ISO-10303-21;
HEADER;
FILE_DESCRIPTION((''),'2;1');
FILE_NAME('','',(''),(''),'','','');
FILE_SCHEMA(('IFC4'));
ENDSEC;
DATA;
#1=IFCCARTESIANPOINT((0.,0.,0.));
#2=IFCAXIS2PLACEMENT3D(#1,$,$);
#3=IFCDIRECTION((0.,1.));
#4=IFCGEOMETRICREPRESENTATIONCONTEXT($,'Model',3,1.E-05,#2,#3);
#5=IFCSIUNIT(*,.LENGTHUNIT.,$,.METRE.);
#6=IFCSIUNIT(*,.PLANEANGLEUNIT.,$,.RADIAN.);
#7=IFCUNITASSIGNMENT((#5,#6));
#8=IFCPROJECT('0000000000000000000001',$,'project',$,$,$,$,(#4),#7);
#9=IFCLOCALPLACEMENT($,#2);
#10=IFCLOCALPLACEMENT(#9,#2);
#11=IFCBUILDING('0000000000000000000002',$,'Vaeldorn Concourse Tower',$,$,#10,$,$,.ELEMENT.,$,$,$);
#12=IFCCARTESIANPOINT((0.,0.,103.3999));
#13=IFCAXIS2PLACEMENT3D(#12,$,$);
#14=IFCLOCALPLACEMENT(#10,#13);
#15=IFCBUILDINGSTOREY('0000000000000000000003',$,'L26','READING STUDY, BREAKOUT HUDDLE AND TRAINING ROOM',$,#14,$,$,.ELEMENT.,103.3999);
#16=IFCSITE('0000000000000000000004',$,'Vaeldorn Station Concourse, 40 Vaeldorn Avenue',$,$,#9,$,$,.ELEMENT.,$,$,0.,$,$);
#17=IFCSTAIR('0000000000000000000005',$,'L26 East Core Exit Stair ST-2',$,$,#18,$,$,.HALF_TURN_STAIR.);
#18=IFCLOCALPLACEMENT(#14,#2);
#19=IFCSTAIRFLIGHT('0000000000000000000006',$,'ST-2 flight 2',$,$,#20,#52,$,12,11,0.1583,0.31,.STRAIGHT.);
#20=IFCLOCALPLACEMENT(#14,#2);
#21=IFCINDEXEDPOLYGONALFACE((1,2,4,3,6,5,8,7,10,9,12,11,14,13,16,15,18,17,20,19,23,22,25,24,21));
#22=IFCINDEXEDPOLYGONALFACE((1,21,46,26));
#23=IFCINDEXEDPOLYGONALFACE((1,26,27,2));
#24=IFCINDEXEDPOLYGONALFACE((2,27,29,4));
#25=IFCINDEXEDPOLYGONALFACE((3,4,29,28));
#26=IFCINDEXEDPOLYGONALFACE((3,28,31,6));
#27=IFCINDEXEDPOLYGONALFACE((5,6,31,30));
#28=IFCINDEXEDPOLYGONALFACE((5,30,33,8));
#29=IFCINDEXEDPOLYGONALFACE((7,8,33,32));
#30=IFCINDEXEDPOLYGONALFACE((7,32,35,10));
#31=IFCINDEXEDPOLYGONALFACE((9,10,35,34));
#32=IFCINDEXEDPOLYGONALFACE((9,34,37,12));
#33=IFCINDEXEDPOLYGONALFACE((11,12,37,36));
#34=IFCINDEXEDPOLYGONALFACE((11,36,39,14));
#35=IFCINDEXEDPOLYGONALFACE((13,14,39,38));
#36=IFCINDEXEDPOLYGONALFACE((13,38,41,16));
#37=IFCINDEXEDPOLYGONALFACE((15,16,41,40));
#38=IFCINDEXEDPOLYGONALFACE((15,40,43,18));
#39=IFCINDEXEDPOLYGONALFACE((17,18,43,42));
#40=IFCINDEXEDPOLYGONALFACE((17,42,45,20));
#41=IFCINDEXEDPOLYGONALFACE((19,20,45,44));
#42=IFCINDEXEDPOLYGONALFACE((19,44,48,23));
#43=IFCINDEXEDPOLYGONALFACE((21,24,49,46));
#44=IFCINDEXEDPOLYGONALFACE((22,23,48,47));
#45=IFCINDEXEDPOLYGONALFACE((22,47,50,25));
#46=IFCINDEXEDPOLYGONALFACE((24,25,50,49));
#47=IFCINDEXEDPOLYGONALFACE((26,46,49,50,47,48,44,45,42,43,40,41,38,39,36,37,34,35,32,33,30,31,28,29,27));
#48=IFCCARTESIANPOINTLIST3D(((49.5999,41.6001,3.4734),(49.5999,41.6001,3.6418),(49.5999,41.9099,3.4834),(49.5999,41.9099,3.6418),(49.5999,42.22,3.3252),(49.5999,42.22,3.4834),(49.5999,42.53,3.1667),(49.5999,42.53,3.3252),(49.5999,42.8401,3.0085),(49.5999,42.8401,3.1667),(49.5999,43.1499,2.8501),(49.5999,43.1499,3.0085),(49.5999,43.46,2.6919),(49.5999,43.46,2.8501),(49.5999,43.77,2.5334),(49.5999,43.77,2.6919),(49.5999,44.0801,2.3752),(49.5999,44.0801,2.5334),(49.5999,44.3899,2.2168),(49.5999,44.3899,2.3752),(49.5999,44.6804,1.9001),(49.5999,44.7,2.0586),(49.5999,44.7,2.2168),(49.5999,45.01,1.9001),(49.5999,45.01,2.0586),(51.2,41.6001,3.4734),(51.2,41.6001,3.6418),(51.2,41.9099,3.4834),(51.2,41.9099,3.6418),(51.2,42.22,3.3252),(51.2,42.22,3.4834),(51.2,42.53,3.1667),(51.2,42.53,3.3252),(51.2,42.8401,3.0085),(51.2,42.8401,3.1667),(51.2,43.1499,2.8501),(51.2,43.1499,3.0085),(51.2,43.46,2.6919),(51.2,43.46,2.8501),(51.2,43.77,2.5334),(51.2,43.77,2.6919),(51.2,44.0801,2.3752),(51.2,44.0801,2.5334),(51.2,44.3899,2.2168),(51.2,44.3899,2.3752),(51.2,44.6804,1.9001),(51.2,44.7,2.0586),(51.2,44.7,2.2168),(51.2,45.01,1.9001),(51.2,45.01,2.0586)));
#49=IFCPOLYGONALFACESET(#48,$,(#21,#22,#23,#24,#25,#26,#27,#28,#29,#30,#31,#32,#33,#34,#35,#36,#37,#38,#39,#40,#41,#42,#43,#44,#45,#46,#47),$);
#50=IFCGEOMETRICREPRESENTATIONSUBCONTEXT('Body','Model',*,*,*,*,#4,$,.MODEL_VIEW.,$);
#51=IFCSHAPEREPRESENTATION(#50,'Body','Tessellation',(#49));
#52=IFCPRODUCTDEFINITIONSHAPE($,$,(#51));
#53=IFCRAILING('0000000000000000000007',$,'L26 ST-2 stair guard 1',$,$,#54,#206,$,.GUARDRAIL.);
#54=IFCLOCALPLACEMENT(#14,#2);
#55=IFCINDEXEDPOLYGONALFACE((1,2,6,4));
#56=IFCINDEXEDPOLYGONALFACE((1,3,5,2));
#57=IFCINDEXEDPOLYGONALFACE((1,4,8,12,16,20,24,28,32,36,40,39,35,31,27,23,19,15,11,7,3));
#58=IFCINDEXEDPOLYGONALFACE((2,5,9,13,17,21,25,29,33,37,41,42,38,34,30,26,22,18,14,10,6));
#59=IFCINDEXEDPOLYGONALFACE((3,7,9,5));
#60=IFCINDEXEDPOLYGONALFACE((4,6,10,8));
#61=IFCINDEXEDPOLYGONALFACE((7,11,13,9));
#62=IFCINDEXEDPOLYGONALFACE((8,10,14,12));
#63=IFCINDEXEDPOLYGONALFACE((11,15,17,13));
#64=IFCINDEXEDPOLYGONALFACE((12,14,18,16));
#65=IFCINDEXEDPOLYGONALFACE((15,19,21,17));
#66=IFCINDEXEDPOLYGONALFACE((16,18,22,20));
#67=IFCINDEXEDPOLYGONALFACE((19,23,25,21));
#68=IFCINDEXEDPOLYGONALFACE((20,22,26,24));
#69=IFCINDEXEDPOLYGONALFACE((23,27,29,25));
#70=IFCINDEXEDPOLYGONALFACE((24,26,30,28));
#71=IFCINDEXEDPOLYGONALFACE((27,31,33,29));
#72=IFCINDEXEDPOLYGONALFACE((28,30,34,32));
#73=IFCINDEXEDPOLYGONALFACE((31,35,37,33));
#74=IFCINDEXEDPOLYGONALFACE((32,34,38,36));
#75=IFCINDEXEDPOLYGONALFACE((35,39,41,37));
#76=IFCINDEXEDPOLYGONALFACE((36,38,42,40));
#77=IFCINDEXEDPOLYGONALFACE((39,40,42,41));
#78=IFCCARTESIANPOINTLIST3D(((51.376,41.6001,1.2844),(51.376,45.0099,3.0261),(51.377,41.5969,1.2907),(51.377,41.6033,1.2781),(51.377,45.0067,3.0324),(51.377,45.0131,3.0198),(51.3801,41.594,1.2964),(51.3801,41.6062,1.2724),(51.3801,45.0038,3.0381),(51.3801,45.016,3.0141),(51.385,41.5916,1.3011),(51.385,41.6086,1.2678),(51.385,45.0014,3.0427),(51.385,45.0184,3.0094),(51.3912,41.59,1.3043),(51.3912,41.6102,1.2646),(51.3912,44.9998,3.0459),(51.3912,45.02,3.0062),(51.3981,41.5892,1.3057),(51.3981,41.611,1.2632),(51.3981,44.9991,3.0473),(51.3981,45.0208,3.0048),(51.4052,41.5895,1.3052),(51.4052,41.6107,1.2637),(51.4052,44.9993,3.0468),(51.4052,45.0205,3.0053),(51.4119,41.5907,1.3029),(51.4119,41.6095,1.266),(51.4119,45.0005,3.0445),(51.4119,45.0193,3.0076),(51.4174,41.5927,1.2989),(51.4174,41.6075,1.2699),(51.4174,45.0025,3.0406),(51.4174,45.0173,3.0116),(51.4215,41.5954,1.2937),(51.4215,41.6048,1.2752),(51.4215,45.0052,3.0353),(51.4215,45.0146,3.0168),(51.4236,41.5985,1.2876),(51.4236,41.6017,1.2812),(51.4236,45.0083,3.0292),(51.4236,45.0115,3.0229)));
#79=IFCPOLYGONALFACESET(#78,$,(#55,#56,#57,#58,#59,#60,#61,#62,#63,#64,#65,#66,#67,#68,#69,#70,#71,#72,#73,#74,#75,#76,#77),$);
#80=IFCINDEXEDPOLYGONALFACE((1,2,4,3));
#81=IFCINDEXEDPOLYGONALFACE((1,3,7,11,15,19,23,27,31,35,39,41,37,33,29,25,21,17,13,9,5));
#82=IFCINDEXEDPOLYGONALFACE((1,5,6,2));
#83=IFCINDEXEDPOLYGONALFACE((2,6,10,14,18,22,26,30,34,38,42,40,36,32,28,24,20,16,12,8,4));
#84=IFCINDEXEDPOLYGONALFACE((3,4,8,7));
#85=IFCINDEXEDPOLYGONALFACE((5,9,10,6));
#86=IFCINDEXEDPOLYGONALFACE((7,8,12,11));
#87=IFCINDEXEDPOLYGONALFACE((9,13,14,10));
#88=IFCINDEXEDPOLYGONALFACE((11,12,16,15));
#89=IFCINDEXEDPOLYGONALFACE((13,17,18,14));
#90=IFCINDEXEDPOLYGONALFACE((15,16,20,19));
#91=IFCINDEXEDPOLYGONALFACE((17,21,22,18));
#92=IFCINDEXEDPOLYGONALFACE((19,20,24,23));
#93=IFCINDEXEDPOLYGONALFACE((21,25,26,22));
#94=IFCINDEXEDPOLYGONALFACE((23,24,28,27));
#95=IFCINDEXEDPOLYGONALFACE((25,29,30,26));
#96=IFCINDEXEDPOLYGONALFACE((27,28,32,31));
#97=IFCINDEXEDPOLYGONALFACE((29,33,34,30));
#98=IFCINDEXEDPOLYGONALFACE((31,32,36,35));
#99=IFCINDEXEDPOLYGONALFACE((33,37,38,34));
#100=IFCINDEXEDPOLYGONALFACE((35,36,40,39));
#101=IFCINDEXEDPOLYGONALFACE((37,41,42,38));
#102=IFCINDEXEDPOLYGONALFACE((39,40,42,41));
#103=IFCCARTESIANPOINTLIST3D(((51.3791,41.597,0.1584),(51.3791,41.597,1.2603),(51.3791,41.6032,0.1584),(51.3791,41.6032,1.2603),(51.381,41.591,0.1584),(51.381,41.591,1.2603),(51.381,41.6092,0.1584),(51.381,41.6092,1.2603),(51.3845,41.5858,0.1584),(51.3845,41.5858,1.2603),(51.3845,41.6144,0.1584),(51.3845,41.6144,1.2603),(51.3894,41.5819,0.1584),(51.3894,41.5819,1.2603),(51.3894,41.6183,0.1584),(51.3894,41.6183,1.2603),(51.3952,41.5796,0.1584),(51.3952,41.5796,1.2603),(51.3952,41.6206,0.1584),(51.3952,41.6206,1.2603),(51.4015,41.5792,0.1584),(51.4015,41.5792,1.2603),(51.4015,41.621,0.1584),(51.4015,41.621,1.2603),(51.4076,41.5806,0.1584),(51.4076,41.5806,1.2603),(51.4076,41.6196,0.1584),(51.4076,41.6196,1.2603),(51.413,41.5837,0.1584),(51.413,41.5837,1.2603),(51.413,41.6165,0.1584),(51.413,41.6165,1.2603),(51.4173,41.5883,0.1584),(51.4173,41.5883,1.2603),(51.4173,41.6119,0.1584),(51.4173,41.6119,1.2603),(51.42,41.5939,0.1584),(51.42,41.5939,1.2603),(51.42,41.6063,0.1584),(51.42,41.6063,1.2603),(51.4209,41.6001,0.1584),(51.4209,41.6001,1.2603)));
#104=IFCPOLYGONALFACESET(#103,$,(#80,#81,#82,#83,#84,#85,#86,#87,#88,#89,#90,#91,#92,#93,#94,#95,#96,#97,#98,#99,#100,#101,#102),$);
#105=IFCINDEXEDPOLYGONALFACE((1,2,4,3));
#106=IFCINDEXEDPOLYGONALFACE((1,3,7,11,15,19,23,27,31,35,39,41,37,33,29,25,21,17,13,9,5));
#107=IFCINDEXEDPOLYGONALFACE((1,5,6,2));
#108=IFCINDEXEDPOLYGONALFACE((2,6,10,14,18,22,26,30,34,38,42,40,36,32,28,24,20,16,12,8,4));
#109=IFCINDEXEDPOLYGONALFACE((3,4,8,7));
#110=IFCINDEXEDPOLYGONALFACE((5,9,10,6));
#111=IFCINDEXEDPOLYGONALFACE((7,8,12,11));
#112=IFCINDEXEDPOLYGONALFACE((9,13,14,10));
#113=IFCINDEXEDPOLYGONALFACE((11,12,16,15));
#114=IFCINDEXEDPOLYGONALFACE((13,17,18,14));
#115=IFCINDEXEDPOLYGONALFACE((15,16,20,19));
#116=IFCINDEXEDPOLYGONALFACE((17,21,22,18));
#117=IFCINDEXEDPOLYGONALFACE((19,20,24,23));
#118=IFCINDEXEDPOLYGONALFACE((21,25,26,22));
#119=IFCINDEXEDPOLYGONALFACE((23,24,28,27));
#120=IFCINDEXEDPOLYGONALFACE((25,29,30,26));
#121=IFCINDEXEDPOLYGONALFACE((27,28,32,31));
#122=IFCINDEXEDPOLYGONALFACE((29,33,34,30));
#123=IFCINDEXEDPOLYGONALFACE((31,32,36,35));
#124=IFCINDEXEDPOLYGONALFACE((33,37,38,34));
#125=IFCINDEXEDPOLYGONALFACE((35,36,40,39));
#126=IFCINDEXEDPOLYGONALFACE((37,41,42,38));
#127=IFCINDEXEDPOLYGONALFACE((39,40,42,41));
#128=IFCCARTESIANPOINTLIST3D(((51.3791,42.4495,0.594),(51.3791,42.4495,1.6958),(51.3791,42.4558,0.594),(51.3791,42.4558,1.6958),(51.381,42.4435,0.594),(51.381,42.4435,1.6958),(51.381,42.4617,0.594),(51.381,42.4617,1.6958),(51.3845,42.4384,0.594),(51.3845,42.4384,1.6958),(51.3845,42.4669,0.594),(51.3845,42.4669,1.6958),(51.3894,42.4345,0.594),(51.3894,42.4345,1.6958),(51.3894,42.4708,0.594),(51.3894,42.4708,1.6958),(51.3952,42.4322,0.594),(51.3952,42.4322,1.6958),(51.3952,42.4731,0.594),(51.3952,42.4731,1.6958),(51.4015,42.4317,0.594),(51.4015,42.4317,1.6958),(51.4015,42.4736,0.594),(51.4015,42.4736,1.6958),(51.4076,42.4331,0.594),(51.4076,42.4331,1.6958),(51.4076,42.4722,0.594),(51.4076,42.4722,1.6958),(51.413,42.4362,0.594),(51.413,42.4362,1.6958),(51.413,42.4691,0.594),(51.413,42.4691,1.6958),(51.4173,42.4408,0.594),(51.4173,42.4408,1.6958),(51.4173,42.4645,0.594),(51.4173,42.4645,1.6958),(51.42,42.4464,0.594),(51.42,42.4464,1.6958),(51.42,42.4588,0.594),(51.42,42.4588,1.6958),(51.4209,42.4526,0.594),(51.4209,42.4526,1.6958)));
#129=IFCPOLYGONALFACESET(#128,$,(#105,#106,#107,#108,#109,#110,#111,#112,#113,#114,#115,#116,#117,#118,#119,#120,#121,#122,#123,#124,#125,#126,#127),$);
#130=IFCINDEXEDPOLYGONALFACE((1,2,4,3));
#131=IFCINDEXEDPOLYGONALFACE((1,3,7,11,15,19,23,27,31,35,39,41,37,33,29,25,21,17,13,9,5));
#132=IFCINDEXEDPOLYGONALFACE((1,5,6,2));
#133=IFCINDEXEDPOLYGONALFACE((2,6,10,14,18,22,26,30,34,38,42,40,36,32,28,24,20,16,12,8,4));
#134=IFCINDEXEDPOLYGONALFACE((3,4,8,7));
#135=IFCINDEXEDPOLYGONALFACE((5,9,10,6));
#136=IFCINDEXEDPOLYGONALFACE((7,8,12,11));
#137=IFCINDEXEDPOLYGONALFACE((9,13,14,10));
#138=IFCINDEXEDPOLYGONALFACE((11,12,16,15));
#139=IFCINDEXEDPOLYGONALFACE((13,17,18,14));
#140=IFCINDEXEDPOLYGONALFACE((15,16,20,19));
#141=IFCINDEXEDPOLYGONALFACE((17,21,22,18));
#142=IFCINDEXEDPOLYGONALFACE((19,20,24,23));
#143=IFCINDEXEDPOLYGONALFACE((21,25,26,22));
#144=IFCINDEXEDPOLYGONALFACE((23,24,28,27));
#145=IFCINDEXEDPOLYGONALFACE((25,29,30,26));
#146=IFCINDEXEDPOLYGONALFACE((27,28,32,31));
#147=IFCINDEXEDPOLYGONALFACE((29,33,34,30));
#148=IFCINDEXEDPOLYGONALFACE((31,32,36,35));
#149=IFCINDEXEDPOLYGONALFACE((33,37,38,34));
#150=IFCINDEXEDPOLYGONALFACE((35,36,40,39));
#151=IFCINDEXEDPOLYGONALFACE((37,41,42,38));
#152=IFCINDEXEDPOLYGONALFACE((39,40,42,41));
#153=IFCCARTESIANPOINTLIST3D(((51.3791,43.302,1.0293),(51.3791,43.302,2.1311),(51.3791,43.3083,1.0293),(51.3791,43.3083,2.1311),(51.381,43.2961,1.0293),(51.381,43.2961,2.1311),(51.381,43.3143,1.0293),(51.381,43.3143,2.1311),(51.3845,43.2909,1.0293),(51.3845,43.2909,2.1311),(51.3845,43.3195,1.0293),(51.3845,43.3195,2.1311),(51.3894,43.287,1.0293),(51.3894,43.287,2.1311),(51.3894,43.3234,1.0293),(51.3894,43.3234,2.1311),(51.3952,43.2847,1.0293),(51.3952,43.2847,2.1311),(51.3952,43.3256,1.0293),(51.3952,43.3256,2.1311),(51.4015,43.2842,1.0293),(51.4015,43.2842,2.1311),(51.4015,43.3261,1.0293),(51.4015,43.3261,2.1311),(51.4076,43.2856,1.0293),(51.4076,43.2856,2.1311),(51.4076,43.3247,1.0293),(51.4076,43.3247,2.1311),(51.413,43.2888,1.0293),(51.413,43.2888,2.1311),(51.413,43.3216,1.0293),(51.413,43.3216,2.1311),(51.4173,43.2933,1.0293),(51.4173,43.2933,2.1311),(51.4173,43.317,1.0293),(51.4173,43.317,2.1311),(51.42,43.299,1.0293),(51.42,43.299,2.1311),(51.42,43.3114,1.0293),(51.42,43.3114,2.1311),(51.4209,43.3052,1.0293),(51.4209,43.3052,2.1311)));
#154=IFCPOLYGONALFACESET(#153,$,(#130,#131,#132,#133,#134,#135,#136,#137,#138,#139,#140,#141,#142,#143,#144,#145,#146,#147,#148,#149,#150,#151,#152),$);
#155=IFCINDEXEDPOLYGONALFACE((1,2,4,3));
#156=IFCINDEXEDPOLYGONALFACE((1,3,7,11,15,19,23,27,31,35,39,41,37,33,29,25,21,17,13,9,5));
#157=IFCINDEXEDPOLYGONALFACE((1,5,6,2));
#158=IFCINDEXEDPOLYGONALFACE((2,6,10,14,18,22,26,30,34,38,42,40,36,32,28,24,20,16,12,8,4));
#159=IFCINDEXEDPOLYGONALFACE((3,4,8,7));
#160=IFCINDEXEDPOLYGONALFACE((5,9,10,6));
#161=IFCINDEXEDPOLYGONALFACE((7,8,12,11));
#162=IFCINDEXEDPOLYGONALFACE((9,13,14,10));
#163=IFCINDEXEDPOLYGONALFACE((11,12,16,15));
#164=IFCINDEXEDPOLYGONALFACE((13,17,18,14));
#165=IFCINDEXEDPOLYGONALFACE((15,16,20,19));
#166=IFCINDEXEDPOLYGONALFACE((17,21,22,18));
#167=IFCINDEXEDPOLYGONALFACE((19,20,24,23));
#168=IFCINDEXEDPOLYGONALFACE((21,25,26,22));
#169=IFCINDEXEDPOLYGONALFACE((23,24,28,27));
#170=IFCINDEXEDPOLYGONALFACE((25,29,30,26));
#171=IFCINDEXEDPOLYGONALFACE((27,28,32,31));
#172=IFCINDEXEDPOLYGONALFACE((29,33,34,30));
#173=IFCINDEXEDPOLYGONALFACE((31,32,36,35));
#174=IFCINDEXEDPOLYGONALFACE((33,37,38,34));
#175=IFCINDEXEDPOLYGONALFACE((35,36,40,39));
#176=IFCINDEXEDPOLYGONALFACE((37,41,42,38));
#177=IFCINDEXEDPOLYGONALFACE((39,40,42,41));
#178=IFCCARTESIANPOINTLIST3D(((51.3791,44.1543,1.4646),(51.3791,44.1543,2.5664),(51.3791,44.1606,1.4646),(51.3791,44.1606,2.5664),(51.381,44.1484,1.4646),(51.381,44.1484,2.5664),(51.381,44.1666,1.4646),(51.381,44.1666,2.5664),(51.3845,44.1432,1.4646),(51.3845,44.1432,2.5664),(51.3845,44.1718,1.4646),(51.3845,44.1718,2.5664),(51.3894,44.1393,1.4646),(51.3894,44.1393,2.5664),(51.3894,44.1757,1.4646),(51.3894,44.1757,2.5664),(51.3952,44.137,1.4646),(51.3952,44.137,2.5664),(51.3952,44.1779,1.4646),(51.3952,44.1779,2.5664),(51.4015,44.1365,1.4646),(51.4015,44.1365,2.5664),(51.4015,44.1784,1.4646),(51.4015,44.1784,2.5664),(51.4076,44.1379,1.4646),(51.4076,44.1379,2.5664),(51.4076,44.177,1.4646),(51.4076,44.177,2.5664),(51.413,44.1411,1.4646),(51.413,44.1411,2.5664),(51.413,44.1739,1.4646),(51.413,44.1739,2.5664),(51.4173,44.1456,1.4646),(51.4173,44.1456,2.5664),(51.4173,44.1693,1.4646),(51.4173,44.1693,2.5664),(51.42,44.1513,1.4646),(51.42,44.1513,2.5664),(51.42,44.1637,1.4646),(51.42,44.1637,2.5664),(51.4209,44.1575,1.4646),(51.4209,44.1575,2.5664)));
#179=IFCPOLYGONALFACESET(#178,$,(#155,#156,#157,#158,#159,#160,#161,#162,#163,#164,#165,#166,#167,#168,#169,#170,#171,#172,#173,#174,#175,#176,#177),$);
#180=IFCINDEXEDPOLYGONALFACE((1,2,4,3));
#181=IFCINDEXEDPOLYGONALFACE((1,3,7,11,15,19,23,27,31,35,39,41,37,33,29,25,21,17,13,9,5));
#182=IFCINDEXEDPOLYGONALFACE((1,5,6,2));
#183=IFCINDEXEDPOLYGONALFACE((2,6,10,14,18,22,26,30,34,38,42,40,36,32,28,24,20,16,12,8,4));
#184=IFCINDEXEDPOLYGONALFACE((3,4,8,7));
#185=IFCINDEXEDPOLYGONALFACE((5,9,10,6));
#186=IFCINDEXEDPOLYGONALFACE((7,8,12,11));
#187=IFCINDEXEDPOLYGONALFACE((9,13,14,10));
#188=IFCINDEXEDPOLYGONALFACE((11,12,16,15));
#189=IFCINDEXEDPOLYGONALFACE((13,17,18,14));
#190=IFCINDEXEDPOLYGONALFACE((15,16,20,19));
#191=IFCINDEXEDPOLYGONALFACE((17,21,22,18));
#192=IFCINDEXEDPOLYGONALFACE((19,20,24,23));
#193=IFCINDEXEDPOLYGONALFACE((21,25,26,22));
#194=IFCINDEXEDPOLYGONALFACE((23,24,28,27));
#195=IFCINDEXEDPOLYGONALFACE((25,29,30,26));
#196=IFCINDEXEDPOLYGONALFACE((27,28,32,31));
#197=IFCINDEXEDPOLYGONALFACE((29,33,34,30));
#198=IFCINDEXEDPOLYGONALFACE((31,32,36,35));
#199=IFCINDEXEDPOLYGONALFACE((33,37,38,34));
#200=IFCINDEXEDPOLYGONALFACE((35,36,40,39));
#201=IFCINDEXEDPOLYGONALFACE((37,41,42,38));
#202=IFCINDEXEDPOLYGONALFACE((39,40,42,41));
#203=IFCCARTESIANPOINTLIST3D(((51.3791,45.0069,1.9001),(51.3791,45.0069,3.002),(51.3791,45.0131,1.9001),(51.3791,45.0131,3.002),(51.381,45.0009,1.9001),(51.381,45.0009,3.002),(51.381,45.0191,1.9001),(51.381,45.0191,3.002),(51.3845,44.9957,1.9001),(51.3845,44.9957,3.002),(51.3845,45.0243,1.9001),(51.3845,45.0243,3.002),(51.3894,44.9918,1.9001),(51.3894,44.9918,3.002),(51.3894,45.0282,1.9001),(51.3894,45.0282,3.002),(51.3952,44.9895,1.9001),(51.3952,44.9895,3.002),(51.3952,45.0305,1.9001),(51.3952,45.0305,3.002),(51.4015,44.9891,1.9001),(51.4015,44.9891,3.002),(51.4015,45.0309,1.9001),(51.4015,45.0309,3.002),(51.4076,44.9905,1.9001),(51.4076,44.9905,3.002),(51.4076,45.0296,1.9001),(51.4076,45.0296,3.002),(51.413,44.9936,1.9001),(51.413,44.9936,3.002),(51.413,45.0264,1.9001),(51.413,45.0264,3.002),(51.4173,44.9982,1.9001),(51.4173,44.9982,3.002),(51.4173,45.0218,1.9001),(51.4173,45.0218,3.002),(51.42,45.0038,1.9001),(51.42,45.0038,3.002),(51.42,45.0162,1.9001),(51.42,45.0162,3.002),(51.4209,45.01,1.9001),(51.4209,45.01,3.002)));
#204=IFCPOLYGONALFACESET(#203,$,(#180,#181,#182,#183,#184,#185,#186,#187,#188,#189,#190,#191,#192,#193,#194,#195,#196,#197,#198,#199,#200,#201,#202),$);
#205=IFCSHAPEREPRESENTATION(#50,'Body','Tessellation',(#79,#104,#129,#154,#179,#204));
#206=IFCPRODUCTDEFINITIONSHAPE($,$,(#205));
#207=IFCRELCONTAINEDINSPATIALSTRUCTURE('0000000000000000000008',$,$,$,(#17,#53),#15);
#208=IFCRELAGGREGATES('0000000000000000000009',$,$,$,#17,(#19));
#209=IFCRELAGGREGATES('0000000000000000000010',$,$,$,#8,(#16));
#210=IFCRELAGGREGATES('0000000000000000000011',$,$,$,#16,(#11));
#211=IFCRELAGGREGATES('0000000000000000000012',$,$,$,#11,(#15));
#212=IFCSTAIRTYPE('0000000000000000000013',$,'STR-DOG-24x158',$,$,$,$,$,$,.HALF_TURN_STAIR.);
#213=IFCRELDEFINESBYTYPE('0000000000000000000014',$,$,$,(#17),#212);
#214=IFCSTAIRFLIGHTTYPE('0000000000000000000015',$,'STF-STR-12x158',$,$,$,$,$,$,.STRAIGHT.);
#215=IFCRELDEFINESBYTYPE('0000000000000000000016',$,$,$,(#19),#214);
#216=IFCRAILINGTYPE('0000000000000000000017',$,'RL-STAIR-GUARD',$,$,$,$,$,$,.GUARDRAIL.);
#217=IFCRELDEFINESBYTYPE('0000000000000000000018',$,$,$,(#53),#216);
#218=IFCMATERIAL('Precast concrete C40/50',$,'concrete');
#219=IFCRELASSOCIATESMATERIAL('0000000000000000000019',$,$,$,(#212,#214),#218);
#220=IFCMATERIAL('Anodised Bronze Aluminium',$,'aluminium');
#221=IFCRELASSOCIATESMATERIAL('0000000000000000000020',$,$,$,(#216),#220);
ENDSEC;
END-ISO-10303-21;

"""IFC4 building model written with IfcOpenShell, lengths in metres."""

from ifc_helpers import new_model, si_unit, direction, frame, origin, origin_2d, place, context, subcontext, project, spatial, polyline, circle, outline, extrude, material, type_object, element, aggregate, save


model = new_model("IFC4")

# Units and contexts
model_context = context("Model", 3, precision=1e-05, world=origin(), true_north=direction((0.0, 1.0)))
body_context = subcontext(model_context, "Body", "Model", "MODEL_VIEW")
ifc_project = project(units=[si_unit("LENGTHUNIT", "METRE"), si_unit("PLANEANGLEUNIT", "RADIAN")], contexts=[model_context])

# Site, building, storey
site_placement = place(None, origin())
site = spatial("IfcSite", under=ifc_project, at=site_placement, Name="Vaeldorn Station Concourse, 40 Vaeldorn Avenue", CompositionType="ELEMENT", RefElevation=0.0)
building_placement = place(site_placement, origin())
building = spatial("IfcBuilding", under=site, at=building_placement, Name="Vaeldorn Concourse Tower", CompositionType="ELEMENT")
storey_placement = place(building_placement, frame((0.0, 0.0, 103.3999)))
storey = spatial("IfcBuildingStorey", under=building, at=storey_placement, Name="L26", Description="READING STUDY, BREAKOUT HUDDLE AND TRAINING ROOM", CompositionType="ELEMENT", Elevation=103.3999)

# Shared definitions
ifc_material_1 = material(Name="Anodised Bronze Aluminium", Category="aluminium")

# Stair, stair flight
ifc_material_2 = material(Name="Precast concrete C40/50", Category="concrete")
stair_type = type_object("IfcStairType", Name="STR-DOG-24x158", PredefinedType="HALF_TURN_STAIR", material=ifc_material_2)
stair_placement = place(storey_placement, origin())
stair = element("IfcStair", 1, at=stair_placement, inside=storey, type_object=stair_type, Name="L26 East Core Exit Stair ST-2", PredefinedType="HALF_TURN_STAIR")
stair_flight_type = type_object("IfcStairFlightType", Name="STF-STR-12x158", PredefinedType="STRAIGHT", material=ifc_material_2)
stair_flight_1_placement = place(storey_placement, frame((50.3999, 45.01, 1.9001), z_axis=(0.0, 0.0, 1.0), x_axis=(0.0, -1.0, 0.0)))
stair_flight_1 = element("IfcStairFlight", 2, at=stair_flight_1_placement, type_object=stair_flight_type, Name="ST-2 flight 2", NumberOfRisers=12, NumberOfTreads=11, PredefinedType="STRAIGHT", RiserHeight=0.1583, TreadLength=0.31, context=body_context, shape_type="SweptSolid", body=[
    extrude(outline(polyline([(0.0, 0.0), (0.0, 0.1584), (0.3101, 0.1584), (0.3101, 0.3167), (0.6201, 0.3167), (0.6201, 0.4751), (0.9299, 0.4751), (0.9299, 0.6333), (1.24, 0.6333), (1.24, 0.7917), (1.55, 0.7917), (1.55, 0.95), (1.8601, 0.95), (1.8601, 1.1084), (2.1699, 1.1084), (2.1699, 1.2666), (2.48, 1.2666), (2.48, 1.425), (2.79, 1.425), (2.79, 1.5833), (3.1001, 1.5833), (3.1001, 1.7417), (3.4099, 1.7417), (3.4099, 1.8999), (3.4099, 1.5732), (0.3296, 0.0), (0.0, 0.0)])), frame((0.0, 0.8, 0.0), z_axis=(0.0, -1.0, 0.0), x_axis=(1.0, 0.0, 0.0)), (0.0, 0.0, 1.0), 1.6001),
])
aggregate(stair, [stair_flight_1])

# Railing
railing_type_1 = type_object("IfcRailingType", Name="RL-STAIR-GUARD", PredefinedType="GUARDRAIL", material=ifc_material_1)
railing_1_placement = place(storey_placement, frame((51.3999, 41.6001, 0.1584)))
element("IfcRailing", 3, at=railing_1_placement, inside=storey, type_object=railing_type_1, Name="L26 ST-2 stair guard 1", PredefinedType="GUARDRAIL", context=body_context, shape_type="SweptSolid", body=[
    extrude(circle(Radius=0.0239, at=origin_2d()), frame((0.0, 0.0, 1.126), z_axis=(0.0, 0.890556, 0.454874), x_axis=(-1.0, 0.0, 0.0)), (0.0, 0.0, 1.0), 3.8289),
    extrude(circle(Radius=0.021, at=origin_2d()), origin(), (0.0, 0.0, 1.0), 1.1018),
    extrude(circle(Radius=0.021, at=origin_2d()), frame((0.0, 0.8525, 0.4355)), (0.0, 0.0, 1.0), 1.1018),
    extrude(circle(Radius=0.021, at=origin_2d()), frame((0.0, 1.7051, 0.8708)), (0.0, 0.0, 1.0), 1.1018),
    extrude(circle(Radius=0.021, at=origin_2d()), frame((0.0, 2.5574, 1.3062)), (0.0, 0.0, 1.0), 1.1018),
    extrude(circle(Radius=0.021, at=origin_2d()), frame((0.0, 3.4099, 1.7417)), (0.0, 0.0, 1.0), 1.1018),
])

save(model, "model.ifc")
